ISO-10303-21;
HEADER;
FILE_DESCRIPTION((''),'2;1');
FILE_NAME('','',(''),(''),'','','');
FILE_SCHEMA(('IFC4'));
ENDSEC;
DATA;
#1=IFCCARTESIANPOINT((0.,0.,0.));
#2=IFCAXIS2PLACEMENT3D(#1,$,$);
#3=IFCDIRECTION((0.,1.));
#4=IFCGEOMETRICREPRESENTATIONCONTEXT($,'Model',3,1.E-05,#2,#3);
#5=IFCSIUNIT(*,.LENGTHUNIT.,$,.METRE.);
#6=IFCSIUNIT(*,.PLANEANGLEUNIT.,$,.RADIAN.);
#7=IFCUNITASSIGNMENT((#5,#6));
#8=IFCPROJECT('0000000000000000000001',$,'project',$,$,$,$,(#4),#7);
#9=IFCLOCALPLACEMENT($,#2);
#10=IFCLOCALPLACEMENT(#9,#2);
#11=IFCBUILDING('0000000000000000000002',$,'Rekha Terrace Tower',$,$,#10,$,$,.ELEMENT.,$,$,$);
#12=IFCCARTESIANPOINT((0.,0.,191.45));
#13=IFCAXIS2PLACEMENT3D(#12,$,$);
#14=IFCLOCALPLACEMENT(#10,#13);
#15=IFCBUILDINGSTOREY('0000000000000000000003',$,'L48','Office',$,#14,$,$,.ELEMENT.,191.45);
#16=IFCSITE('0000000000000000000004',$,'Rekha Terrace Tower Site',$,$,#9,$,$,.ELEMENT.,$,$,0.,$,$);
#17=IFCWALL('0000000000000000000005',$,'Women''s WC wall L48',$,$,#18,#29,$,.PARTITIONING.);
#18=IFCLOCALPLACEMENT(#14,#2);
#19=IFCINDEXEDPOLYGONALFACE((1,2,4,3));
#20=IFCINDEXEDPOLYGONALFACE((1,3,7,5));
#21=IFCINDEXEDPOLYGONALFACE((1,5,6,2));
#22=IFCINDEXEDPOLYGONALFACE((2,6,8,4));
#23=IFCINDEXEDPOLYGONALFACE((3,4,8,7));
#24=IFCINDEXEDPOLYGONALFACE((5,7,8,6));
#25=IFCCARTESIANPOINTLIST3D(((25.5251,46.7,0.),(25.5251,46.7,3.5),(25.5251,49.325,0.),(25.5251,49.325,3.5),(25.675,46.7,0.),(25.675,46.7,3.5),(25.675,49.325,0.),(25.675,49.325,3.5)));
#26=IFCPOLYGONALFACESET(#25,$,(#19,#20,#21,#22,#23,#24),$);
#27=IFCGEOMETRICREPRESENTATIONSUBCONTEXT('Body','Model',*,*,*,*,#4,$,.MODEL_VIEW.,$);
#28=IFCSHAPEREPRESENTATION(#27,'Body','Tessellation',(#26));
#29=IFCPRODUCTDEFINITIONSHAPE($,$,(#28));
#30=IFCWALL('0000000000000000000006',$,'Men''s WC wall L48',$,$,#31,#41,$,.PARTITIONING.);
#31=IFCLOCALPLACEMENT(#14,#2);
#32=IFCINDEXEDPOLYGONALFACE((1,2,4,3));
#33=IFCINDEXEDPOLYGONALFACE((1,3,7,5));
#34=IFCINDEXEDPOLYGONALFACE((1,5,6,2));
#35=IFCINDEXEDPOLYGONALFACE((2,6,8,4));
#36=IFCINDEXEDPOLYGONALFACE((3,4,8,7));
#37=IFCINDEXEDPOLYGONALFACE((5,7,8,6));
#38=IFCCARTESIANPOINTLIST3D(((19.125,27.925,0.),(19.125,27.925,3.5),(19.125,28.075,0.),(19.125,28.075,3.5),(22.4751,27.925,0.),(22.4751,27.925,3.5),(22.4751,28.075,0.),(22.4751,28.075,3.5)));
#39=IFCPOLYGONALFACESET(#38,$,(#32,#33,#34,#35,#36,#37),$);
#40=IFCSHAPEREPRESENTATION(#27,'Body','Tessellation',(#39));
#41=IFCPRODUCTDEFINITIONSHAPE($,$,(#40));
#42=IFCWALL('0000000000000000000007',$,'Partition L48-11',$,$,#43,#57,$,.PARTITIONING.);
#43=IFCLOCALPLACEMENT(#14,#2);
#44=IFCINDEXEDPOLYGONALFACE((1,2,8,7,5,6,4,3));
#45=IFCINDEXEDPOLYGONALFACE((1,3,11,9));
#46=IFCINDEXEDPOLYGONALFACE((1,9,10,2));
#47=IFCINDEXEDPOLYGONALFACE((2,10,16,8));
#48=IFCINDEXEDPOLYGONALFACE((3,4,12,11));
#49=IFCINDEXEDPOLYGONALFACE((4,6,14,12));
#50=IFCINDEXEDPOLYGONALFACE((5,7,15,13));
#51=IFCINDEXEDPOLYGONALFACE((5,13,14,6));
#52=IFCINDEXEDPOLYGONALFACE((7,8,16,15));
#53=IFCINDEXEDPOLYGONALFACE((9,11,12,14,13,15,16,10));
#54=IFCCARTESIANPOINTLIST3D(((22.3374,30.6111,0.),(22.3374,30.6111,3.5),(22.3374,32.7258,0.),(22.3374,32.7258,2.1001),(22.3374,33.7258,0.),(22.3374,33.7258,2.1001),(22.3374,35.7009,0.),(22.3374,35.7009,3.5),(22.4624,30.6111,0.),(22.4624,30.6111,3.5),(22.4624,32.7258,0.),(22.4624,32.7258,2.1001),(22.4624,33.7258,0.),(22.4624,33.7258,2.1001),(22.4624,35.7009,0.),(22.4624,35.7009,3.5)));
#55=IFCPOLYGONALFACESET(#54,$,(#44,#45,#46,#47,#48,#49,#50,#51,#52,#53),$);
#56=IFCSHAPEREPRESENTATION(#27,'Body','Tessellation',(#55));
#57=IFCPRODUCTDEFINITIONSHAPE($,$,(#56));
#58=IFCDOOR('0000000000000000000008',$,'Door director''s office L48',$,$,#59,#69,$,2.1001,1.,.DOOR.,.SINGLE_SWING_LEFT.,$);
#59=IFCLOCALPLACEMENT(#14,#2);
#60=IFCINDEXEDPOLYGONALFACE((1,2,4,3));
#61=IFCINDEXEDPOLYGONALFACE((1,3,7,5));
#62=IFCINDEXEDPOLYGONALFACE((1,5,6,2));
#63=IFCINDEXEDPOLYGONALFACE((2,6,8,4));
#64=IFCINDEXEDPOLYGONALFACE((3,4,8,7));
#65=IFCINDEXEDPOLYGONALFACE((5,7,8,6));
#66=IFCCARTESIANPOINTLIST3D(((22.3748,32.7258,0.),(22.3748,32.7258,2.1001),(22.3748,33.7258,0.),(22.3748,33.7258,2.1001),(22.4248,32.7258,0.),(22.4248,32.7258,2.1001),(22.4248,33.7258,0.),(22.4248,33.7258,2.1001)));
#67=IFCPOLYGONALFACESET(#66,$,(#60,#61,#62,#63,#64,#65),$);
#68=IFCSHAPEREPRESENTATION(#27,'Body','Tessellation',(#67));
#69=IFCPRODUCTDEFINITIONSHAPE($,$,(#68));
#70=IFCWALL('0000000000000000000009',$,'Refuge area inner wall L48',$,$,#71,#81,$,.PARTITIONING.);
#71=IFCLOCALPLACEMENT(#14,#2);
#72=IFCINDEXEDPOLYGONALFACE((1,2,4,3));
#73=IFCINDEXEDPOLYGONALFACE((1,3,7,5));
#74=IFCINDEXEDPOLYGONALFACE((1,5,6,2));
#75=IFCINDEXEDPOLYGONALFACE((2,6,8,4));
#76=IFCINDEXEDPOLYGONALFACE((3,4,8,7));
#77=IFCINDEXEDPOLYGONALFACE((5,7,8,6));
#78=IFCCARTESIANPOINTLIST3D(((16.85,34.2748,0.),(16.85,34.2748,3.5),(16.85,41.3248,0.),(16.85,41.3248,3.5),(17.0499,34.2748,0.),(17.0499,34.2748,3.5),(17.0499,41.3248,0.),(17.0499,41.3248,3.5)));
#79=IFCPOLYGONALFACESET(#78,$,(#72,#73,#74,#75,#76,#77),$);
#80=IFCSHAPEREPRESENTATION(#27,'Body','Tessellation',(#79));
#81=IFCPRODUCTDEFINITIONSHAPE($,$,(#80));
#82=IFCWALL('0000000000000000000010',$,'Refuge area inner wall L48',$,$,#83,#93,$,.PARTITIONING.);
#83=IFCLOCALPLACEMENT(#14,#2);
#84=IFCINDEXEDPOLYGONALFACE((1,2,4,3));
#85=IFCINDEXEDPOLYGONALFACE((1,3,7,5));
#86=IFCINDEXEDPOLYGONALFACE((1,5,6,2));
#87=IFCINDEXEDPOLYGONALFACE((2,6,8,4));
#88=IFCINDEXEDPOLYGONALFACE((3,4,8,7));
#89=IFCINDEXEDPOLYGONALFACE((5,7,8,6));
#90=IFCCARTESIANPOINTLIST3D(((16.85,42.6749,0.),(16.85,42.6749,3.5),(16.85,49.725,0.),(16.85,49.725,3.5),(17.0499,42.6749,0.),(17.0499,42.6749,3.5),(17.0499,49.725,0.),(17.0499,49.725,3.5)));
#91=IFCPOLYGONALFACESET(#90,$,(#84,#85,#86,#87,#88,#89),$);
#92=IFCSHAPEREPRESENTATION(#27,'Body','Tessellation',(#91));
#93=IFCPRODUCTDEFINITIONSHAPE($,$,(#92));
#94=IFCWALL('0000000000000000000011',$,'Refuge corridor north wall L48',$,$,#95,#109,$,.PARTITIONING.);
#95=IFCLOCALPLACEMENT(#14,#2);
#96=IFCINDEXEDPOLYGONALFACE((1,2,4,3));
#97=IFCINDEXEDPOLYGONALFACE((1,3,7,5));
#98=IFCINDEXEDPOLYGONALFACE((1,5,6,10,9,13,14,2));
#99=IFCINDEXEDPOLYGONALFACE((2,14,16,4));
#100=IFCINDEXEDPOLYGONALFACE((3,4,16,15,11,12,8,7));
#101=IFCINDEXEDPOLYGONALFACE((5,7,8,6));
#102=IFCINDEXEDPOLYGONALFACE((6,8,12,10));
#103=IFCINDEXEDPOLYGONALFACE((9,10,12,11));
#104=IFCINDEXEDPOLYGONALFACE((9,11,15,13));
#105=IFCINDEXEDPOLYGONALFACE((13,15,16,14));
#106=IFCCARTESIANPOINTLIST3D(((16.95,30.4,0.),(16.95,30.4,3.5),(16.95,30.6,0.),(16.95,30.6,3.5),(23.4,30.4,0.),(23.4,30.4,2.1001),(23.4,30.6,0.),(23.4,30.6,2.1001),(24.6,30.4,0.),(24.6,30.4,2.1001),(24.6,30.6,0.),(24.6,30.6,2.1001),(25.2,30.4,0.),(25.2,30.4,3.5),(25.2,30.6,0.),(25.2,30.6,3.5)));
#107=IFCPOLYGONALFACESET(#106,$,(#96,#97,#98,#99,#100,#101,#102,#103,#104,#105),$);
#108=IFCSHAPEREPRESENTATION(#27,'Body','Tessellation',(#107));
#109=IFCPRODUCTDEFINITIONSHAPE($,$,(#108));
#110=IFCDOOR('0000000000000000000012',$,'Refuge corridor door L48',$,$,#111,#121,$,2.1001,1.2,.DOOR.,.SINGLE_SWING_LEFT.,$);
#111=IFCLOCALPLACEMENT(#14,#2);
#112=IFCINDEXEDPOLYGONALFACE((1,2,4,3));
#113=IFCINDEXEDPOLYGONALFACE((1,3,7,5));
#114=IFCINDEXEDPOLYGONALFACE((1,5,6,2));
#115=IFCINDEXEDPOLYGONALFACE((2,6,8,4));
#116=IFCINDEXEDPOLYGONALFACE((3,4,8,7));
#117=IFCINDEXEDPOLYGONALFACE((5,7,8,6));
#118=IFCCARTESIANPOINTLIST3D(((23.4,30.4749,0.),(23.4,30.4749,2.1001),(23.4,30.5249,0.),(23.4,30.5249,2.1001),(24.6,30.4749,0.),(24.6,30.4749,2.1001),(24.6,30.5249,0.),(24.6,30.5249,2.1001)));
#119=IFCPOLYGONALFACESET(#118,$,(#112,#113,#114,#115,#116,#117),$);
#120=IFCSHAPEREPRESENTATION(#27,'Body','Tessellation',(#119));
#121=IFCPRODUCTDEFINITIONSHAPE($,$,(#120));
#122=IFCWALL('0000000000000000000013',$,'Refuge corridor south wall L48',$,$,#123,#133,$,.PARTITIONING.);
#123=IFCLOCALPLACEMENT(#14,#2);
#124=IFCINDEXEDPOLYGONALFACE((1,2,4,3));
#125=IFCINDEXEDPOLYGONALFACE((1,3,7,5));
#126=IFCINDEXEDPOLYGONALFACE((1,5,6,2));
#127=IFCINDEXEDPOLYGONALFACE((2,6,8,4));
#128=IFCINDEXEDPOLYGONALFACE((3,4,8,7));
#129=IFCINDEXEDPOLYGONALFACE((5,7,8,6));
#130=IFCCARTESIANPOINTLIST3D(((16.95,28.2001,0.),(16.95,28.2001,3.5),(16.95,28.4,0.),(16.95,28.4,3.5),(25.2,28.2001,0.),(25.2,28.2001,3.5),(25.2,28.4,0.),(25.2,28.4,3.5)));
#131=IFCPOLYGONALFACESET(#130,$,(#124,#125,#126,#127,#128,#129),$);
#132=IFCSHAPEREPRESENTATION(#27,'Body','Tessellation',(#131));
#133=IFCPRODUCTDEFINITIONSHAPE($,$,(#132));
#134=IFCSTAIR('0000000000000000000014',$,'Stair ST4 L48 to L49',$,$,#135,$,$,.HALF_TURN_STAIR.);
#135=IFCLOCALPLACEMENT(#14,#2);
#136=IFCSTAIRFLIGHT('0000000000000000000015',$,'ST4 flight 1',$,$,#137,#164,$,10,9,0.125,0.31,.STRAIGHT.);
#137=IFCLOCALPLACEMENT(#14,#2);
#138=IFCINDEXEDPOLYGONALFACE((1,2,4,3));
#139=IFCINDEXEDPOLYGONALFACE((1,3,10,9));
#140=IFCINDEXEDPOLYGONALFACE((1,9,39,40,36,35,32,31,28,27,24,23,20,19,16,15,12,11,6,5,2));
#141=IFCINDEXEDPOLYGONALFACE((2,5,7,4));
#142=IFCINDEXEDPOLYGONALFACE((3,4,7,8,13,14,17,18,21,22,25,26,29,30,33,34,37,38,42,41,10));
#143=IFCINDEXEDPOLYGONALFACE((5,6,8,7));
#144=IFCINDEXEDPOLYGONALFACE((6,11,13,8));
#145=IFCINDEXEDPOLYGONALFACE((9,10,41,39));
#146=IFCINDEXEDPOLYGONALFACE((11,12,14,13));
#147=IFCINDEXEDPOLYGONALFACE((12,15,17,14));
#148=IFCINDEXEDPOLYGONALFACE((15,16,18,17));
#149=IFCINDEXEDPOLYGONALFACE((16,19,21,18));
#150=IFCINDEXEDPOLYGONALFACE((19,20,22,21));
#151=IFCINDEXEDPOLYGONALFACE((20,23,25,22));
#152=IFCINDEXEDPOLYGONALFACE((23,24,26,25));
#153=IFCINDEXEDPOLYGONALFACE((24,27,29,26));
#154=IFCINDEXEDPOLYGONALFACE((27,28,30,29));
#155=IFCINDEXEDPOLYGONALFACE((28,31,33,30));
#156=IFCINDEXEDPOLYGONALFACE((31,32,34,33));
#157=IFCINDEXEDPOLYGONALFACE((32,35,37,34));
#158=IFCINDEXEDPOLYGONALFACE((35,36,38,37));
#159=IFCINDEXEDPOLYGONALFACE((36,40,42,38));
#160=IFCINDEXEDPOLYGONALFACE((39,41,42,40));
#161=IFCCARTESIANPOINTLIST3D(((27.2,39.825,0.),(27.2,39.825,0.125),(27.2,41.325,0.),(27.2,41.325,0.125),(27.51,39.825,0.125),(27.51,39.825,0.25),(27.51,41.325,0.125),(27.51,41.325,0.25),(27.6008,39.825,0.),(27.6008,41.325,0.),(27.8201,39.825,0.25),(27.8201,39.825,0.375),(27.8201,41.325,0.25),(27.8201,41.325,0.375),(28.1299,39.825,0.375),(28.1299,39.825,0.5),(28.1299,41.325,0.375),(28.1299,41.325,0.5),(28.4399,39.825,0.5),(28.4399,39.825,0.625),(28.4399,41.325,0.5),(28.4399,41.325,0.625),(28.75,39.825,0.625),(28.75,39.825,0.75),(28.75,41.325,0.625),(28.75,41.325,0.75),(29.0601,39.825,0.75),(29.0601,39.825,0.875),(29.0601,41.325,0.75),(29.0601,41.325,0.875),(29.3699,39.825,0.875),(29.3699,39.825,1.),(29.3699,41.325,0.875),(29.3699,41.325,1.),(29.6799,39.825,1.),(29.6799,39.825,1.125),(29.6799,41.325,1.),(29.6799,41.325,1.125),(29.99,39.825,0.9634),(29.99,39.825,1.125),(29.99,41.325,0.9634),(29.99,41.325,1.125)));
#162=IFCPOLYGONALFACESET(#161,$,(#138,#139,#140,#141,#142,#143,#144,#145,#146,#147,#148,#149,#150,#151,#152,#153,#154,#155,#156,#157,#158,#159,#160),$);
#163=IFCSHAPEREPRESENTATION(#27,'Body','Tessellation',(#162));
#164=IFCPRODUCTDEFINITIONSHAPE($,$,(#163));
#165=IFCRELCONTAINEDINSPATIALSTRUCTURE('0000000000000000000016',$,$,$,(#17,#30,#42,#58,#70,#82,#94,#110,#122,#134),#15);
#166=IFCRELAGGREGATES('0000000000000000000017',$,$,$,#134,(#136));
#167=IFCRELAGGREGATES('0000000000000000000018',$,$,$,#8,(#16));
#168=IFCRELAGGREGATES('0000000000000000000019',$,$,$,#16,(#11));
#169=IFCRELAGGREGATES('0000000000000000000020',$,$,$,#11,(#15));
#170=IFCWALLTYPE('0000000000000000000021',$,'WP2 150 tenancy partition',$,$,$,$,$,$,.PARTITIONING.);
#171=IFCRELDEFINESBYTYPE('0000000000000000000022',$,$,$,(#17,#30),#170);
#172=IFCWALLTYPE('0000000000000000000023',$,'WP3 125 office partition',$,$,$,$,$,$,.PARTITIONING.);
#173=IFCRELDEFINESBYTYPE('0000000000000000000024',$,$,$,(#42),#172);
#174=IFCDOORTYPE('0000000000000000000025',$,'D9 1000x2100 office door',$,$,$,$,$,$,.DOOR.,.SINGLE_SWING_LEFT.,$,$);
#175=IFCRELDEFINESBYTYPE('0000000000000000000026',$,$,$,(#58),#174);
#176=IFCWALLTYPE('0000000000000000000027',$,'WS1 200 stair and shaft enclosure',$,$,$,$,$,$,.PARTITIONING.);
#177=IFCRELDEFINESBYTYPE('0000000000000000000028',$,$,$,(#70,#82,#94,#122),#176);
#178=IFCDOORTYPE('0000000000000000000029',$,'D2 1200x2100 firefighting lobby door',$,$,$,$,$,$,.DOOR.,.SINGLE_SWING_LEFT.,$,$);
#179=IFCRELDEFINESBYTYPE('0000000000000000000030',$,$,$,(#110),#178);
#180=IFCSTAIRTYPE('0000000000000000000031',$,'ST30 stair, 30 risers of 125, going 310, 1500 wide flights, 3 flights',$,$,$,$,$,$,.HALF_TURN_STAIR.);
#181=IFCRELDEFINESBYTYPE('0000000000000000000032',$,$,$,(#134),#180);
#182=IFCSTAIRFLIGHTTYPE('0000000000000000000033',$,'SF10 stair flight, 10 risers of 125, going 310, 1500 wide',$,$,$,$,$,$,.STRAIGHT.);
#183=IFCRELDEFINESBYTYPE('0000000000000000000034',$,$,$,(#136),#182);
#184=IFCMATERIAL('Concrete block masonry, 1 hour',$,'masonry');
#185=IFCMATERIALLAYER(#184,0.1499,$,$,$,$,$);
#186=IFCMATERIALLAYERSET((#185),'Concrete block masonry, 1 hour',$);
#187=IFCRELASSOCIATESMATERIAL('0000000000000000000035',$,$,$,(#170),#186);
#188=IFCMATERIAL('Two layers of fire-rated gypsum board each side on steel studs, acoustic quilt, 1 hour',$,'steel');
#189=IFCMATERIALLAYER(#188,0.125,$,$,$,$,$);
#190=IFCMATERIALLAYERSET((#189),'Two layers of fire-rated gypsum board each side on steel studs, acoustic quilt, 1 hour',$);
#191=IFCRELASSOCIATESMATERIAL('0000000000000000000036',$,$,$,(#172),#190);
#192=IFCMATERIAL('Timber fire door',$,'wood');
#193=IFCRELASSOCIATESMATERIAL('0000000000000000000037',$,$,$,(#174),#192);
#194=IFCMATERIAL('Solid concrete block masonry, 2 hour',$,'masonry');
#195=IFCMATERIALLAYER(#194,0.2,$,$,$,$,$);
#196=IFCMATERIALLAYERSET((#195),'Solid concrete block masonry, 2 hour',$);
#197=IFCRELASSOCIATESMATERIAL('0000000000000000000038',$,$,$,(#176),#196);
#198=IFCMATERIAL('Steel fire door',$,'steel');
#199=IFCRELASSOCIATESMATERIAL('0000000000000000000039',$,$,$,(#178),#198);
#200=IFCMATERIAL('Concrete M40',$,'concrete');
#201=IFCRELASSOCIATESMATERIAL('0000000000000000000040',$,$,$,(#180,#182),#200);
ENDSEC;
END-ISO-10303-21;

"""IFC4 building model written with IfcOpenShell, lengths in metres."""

from ifc_helpers import new_model, si_unit, direction, frame, frame_2d, origin, place, context, subcontext, project, spatial, polyline, rectangle, outline, extrude, material, layer, layer_set, type_object, element, fill, aggregate, save


model = new_model("IFC4")

# Units and contexts
model_context = context("Model", 3, precision=1e-05, world=origin(), true_north=direction((0.0, 1.0)))
body_context = subcontext(model_context, "Body", "Model", "MODEL_VIEW")
ifc_project = project(units=[si_unit("LENGTHUNIT", "METRE"), si_unit("PLANEANGLEUNIT", "RADIAN")], contexts=[model_context])

# Site, building, storey
site_placement = place(None, origin())
site = spatial("IfcSite", under=ifc_project, at=site_placement, Name="Rekha Terrace Tower Site", CompositionType="ELEMENT", RefElevation=0.0)
building_placement = place(site_placement, origin())
building = spatial("IfcBuilding", under=site, at=building_placement, Name="Rekha Terrace Tower", CompositionType="ELEMENT")
storey_placement = place(building_placement, frame((0.0, 0.0, 191.45)))
storey = spatial("IfcBuildingStorey", under=building, at=storey_placement, Name="L48", Description="Office", CompositionType="ELEMENT", Elevation=191.45)

# Shared definitions
ifc_material_1 = material(Name="Steel fire door", Category="steel")

# Walls
ifc_material_2 = material(Name="Concrete block masonry, 1 hour", Category="masonry")
ifc_layer_1 = layer(ifc_material_2, 0.1499)
ifc_layer_set_1 = layer_set([ifc_layer_1], Name="Concrete block masonry, 1 hour")
wall_type_1 = type_object("IfcWallType", Name="WP2 150 tenancy partition", PredefinedType="PARTITIONING", material=ifc_layer_set_1)
wall_1_placement = place(storey_placement, frame((25.6001, 46.7, 0.0), z_axis=(0.0, 0.0, 1.0), x_axis=(0.0, 1.0, 0.0)))
element("IfcWall", 1, at=wall_1_placement, inside=storey, type_object=wall_type_1, Name="Women's WC wall L48", PredefinedType="PARTITIONING", context=body_context, shape_type="SweptSolid", body=[
    extrude(rectangle(XDim=2.625, YDim=0.1499, at=frame_2d((1.3125, 0.0))), origin(), (0.0, 0.0, 1.0), 3.5),
])
wall_2_placement = place(storey_placement, frame((19.125, 28.0, 0.0), z_axis=(0.0, 0.0, 1.0), x_axis=(1.0, 0.0, 0.0)))
element("IfcWall", 2, at=wall_2_placement, inside=storey, type_object=wall_type_1, Name="Men's WC wall L48", PredefinedType="PARTITIONING", context=body_context, shape_type="SweptSolid", body=[
    extrude(rectangle(XDim=3.3501, YDim=0.1499, at=frame_2d((1.675, 0.0))), origin(), (0.0, 0.0, 1.0), 3.5),
])

# Wall, opening, door
ifc_material_3 = material(Name="Two layers of fire-rated gypsum board each side on steel studs, acoustic quilt, 1 hour", Category="steel")
ifc_layer_2 = layer(ifc_material_3, 0.125)
ifc_layer_set_2 = layer_set([ifc_layer_2], Name="Two layers of fire-rated gypsum board each side on steel studs, acoustic quilt, 1 hour")
wall_type_2 = type_object("IfcWallType", Name="WP3 125 office partition", PredefinedType="PARTITIONING", material=ifc_layer_set_2)
wall_3_placement = place(storey_placement, frame((22.3999, 35.7009, 0.0), z_axis=(0.0, 0.0, 1.0), x_axis=(0.0, -1.0, 0.0)))
wall_3 = element("IfcWall", 3, at=wall_3_placement, inside=storey, type_object=wall_type_2, Name="Partition L48-11", PredefinedType="PARTITIONING", context=body_context, shape_type="SweptSolid", body=[
    extrude(rectangle(XDim=5.0898, YDim=0.125, at=frame_2d((2.5449, 0.0))), origin(), (0.0, 0.0, 1.0), 3.5),
])
opening_1_placement = place(wall_3_placement, frame((1.9751, 0.0, 0.0)))
opening_1 = element("IfcOpeningElement", 4, at=opening_1_placement, cuts=wall_3, PredefinedType="OPENING", context=body_context, shape_type="SweptSolid", body=[
    extrude(rectangle(XDim=1.0, YDim=2.1001, at=frame_2d((0.5, 1.05))), frame((0.0, 0.0725, 0.0), z_axis=(0.0, -1.0, 0.0), x_axis=(1.0, 0.0, 0.0)), (0.0, 0.0, 1.0), 0.145),
])
ifc_material_4 = material(Name="Timber fire door", Category="wood")
door_type_1 = type_object("IfcDoorType", Name="D9 1000x2100 office door", OperationType="SINGLE_SWING_LEFT", PredefinedType="DOOR", material=ifc_material_4)
door_1_placement = place(opening_1_placement, origin())
door_1 = element("IfcDoor", 5, at=door_1_placement, inside=storey, type_object=door_type_1, Name="Door director's office L48", OperationType="SINGLE_SWING_LEFT", OverallHeight=2.1001, OverallWidth=1.0, PredefinedType="DOOR", context=body_context, shape_type="SweptSolid", body=[
    extrude(rectangle(XDim=1.0, YDim=2.1001, at=frame_2d((0.5, 1.05))), frame((0.0, 0.0249, 0.0), z_axis=(0.0, -1.0, 0.0), x_axis=(1.0, 0.0, 0.0)), (0.0, 0.0, 1.0), 0.05),
])
fill(opening_1, door_1)

# Walls
ifc_material_5 = material(Name="Solid concrete block masonry, 2 hour", Category="masonry")
ifc_layer_3 = layer(ifc_material_5, 0.2)
ifc_layer_set_3 = layer_set([ifc_layer_3], Name="Solid concrete block masonry, 2 hour")
wall_type_3 = type_object("IfcWallType", Name="WS1 200 stair and shaft enclosure", PredefinedType="PARTITIONING", material=ifc_layer_set_3)
for number, where, z_axis, x_axis, name in (
    (6, (16.95, 34.2749, 0.0), (0.0, 0.0, 1.0), (0.0, 1.0, 0.0), "Refuge area inner wall L48"),
    (7, (16.95, 42.675, 0.0), (0.0, 0.0, 1.0), (0.0, 1.0, 0.0), "Refuge area inner wall L48"),
):
    element("IfcWall", number, at=place(storey_placement, frame(where, z_axis=z_axis, x_axis=x_axis)), inside=storey, type_object=wall_type_3, Name=name, PredefinedType="PARTITIONING", context=body_context, shape_type="SweptSolid", body=[
        extrude(rectangle(XDim=7.05, YDim=0.2, at=frame_2d((3.5249, 0.0))), origin(), (0.0, 0.0, 1.0), 3.5),
    ])

# Wall, opening, door
wall_4_placement = place(storey_placement, frame((16.95, 30.5, 0.0), z_axis=(0.0, 0.0, 1.0), x_axis=(1.0, 0.0, 0.0)))
wall_4 = element("IfcWall", 8, at=wall_4_placement, inside=storey, type_object=wall_type_3, Name="Refuge corridor north wall L48", PredefinedType="PARTITIONING", context=body_context, shape_type="SweptSolid", body=[
    extrude(rectangle(XDim=8.25, YDim=0.2, at=frame_2d((4.125, 0.0))), origin(), (0.0, 0.0, 1.0), 3.5),
])
opening_2_placement = place(wall_4_placement, frame((6.45, 0.0, 0.0)))
opening_2 = element("IfcOpeningElement", 9, at=opening_2_placement, cuts=wall_4, PredefinedType="OPENING", context=body_context, shape_type="SweptSolid", body=[
    extrude(rectangle(XDim=1.2, YDim=2.1001, at=frame_2d((0.6001, 1.05))), frame((0.0, 0.1099, 0.0), z_axis=(0.0, -1.0, 0.0), x_axis=(1.0, 0.0, 0.0)), (0.0, 0.0, 1.0), 0.22),
])
door_type_2 = type_object("IfcDoorType", Name="D2 1200x2100 firefighting lobby door", OperationType="SINGLE_SWING_LEFT", PredefinedType="DOOR", material=ifc_material_1)
door_2_placement = place(opening_2_placement, origin())
door_2 = element("IfcDoor", 10, at=door_2_placement, inside=storey, type_object=door_type_2, Name="Refuge corridor door L48", OperationType="SINGLE_SWING_LEFT", OverallHeight=2.1001, OverallWidth=1.2, PredefinedType="DOOR", context=body_context, shape_type="SweptSolid", body=[
    extrude(rectangle(XDim=1.2, YDim=2.1001, at=frame_2d((0.6001, 1.05))), frame((0.0, 0.0249, 0.0), z_axis=(0.0, -1.0, 0.0), x_axis=(1.0, 0.0, 0.0)), (0.0, 0.0, 1.0), 0.05),
])
fill(opening_2, door_2)

# Wall
wall_5_placement = place(storey_placement, frame((16.95, 28.3, 0.0), z_axis=(0.0, 0.0, 1.0), x_axis=(1.0, 0.0, 0.0)))
element("IfcWall", 11, at=wall_5_placement, inside=storey, type_object=wall_type_3, Name="Refuge corridor south wall L48", PredefinedType="PARTITIONING", context=body_context, shape_type="SweptSolid", body=[
    extrude(rectangle(XDim=8.25, YDim=0.2, at=frame_2d((4.125, 0.0))), origin(), (0.0, 0.0, 1.0), 3.5),
])

# Stair, stair flight
ifc_material_6 = material(Name="Concrete M40", Category="concrete")
stair_type = type_object("IfcStairType", Name="ST30 stair, 30 risers of 125, going 310, 1500 wide flights, 3 flights", PredefinedType="HALF_TURN_STAIR", material=ifc_material_6)
stair_placement = place(storey_placement, origin())
stair = element("IfcStair", 12, at=stair_placement, inside=storey, type_object=stair_type, Name="Stair ST4 L48 to L49", PredefinedType="HALF_TURN_STAIR")
stair_flight_type = type_object("IfcStairFlightType", Name="SF10 stair flight, 10 risers of 125, going 310, 1500 wide", PredefinedType="STRAIGHT", material=ifc_material_6)
stair_flight_placement = place(storey_placement, frame((27.2, 40.575, 0.0), z_axis=(0.0, 0.0, 1.0), x_axis=(1.0, 0.0, 0.0)))
stair_flight = element("IfcStairFlight", 13, at=stair_flight_placement, type_object=stair_flight_type, Name="ST4 flight 1", NumberOfRisers=10, NumberOfTreads=9, PredefinedType="STRAIGHT", RiserHeight=0.125, TreadLength=0.31, context=body_context, shape_type="SweptSolid", body=[
    extrude(outline(polyline([(0.0, 0.0), (0.0, 0.125), (0.3101, 0.125), (0.3101, 0.25), (0.6201, 0.25), (0.6201, 0.375), (0.9299, 0.375), (0.9299, 0.5), (1.24, 0.5), (1.24, 0.625), (1.55, 0.625), (1.55, 0.75), (1.8601, 0.75), (1.8601, 0.875), (2.1699, 0.875), (2.1699, 1.0), (2.48, 1.0), (2.48, 1.125), (2.79, 1.125), (2.79, 1.25), (2.79, 0.9634), (0.4009, 0.0), (0.0, 0.0)])), frame((0.0, 0.75, 0.0), z_axis=(0.0, -1.0, 0.0), x_axis=(1.0, 0.0, 0.0)), (0.0, 0.0, 1.0), 1.5),
])
aggregate(stair, [stair_flight])

save(model, "model.ifc")
